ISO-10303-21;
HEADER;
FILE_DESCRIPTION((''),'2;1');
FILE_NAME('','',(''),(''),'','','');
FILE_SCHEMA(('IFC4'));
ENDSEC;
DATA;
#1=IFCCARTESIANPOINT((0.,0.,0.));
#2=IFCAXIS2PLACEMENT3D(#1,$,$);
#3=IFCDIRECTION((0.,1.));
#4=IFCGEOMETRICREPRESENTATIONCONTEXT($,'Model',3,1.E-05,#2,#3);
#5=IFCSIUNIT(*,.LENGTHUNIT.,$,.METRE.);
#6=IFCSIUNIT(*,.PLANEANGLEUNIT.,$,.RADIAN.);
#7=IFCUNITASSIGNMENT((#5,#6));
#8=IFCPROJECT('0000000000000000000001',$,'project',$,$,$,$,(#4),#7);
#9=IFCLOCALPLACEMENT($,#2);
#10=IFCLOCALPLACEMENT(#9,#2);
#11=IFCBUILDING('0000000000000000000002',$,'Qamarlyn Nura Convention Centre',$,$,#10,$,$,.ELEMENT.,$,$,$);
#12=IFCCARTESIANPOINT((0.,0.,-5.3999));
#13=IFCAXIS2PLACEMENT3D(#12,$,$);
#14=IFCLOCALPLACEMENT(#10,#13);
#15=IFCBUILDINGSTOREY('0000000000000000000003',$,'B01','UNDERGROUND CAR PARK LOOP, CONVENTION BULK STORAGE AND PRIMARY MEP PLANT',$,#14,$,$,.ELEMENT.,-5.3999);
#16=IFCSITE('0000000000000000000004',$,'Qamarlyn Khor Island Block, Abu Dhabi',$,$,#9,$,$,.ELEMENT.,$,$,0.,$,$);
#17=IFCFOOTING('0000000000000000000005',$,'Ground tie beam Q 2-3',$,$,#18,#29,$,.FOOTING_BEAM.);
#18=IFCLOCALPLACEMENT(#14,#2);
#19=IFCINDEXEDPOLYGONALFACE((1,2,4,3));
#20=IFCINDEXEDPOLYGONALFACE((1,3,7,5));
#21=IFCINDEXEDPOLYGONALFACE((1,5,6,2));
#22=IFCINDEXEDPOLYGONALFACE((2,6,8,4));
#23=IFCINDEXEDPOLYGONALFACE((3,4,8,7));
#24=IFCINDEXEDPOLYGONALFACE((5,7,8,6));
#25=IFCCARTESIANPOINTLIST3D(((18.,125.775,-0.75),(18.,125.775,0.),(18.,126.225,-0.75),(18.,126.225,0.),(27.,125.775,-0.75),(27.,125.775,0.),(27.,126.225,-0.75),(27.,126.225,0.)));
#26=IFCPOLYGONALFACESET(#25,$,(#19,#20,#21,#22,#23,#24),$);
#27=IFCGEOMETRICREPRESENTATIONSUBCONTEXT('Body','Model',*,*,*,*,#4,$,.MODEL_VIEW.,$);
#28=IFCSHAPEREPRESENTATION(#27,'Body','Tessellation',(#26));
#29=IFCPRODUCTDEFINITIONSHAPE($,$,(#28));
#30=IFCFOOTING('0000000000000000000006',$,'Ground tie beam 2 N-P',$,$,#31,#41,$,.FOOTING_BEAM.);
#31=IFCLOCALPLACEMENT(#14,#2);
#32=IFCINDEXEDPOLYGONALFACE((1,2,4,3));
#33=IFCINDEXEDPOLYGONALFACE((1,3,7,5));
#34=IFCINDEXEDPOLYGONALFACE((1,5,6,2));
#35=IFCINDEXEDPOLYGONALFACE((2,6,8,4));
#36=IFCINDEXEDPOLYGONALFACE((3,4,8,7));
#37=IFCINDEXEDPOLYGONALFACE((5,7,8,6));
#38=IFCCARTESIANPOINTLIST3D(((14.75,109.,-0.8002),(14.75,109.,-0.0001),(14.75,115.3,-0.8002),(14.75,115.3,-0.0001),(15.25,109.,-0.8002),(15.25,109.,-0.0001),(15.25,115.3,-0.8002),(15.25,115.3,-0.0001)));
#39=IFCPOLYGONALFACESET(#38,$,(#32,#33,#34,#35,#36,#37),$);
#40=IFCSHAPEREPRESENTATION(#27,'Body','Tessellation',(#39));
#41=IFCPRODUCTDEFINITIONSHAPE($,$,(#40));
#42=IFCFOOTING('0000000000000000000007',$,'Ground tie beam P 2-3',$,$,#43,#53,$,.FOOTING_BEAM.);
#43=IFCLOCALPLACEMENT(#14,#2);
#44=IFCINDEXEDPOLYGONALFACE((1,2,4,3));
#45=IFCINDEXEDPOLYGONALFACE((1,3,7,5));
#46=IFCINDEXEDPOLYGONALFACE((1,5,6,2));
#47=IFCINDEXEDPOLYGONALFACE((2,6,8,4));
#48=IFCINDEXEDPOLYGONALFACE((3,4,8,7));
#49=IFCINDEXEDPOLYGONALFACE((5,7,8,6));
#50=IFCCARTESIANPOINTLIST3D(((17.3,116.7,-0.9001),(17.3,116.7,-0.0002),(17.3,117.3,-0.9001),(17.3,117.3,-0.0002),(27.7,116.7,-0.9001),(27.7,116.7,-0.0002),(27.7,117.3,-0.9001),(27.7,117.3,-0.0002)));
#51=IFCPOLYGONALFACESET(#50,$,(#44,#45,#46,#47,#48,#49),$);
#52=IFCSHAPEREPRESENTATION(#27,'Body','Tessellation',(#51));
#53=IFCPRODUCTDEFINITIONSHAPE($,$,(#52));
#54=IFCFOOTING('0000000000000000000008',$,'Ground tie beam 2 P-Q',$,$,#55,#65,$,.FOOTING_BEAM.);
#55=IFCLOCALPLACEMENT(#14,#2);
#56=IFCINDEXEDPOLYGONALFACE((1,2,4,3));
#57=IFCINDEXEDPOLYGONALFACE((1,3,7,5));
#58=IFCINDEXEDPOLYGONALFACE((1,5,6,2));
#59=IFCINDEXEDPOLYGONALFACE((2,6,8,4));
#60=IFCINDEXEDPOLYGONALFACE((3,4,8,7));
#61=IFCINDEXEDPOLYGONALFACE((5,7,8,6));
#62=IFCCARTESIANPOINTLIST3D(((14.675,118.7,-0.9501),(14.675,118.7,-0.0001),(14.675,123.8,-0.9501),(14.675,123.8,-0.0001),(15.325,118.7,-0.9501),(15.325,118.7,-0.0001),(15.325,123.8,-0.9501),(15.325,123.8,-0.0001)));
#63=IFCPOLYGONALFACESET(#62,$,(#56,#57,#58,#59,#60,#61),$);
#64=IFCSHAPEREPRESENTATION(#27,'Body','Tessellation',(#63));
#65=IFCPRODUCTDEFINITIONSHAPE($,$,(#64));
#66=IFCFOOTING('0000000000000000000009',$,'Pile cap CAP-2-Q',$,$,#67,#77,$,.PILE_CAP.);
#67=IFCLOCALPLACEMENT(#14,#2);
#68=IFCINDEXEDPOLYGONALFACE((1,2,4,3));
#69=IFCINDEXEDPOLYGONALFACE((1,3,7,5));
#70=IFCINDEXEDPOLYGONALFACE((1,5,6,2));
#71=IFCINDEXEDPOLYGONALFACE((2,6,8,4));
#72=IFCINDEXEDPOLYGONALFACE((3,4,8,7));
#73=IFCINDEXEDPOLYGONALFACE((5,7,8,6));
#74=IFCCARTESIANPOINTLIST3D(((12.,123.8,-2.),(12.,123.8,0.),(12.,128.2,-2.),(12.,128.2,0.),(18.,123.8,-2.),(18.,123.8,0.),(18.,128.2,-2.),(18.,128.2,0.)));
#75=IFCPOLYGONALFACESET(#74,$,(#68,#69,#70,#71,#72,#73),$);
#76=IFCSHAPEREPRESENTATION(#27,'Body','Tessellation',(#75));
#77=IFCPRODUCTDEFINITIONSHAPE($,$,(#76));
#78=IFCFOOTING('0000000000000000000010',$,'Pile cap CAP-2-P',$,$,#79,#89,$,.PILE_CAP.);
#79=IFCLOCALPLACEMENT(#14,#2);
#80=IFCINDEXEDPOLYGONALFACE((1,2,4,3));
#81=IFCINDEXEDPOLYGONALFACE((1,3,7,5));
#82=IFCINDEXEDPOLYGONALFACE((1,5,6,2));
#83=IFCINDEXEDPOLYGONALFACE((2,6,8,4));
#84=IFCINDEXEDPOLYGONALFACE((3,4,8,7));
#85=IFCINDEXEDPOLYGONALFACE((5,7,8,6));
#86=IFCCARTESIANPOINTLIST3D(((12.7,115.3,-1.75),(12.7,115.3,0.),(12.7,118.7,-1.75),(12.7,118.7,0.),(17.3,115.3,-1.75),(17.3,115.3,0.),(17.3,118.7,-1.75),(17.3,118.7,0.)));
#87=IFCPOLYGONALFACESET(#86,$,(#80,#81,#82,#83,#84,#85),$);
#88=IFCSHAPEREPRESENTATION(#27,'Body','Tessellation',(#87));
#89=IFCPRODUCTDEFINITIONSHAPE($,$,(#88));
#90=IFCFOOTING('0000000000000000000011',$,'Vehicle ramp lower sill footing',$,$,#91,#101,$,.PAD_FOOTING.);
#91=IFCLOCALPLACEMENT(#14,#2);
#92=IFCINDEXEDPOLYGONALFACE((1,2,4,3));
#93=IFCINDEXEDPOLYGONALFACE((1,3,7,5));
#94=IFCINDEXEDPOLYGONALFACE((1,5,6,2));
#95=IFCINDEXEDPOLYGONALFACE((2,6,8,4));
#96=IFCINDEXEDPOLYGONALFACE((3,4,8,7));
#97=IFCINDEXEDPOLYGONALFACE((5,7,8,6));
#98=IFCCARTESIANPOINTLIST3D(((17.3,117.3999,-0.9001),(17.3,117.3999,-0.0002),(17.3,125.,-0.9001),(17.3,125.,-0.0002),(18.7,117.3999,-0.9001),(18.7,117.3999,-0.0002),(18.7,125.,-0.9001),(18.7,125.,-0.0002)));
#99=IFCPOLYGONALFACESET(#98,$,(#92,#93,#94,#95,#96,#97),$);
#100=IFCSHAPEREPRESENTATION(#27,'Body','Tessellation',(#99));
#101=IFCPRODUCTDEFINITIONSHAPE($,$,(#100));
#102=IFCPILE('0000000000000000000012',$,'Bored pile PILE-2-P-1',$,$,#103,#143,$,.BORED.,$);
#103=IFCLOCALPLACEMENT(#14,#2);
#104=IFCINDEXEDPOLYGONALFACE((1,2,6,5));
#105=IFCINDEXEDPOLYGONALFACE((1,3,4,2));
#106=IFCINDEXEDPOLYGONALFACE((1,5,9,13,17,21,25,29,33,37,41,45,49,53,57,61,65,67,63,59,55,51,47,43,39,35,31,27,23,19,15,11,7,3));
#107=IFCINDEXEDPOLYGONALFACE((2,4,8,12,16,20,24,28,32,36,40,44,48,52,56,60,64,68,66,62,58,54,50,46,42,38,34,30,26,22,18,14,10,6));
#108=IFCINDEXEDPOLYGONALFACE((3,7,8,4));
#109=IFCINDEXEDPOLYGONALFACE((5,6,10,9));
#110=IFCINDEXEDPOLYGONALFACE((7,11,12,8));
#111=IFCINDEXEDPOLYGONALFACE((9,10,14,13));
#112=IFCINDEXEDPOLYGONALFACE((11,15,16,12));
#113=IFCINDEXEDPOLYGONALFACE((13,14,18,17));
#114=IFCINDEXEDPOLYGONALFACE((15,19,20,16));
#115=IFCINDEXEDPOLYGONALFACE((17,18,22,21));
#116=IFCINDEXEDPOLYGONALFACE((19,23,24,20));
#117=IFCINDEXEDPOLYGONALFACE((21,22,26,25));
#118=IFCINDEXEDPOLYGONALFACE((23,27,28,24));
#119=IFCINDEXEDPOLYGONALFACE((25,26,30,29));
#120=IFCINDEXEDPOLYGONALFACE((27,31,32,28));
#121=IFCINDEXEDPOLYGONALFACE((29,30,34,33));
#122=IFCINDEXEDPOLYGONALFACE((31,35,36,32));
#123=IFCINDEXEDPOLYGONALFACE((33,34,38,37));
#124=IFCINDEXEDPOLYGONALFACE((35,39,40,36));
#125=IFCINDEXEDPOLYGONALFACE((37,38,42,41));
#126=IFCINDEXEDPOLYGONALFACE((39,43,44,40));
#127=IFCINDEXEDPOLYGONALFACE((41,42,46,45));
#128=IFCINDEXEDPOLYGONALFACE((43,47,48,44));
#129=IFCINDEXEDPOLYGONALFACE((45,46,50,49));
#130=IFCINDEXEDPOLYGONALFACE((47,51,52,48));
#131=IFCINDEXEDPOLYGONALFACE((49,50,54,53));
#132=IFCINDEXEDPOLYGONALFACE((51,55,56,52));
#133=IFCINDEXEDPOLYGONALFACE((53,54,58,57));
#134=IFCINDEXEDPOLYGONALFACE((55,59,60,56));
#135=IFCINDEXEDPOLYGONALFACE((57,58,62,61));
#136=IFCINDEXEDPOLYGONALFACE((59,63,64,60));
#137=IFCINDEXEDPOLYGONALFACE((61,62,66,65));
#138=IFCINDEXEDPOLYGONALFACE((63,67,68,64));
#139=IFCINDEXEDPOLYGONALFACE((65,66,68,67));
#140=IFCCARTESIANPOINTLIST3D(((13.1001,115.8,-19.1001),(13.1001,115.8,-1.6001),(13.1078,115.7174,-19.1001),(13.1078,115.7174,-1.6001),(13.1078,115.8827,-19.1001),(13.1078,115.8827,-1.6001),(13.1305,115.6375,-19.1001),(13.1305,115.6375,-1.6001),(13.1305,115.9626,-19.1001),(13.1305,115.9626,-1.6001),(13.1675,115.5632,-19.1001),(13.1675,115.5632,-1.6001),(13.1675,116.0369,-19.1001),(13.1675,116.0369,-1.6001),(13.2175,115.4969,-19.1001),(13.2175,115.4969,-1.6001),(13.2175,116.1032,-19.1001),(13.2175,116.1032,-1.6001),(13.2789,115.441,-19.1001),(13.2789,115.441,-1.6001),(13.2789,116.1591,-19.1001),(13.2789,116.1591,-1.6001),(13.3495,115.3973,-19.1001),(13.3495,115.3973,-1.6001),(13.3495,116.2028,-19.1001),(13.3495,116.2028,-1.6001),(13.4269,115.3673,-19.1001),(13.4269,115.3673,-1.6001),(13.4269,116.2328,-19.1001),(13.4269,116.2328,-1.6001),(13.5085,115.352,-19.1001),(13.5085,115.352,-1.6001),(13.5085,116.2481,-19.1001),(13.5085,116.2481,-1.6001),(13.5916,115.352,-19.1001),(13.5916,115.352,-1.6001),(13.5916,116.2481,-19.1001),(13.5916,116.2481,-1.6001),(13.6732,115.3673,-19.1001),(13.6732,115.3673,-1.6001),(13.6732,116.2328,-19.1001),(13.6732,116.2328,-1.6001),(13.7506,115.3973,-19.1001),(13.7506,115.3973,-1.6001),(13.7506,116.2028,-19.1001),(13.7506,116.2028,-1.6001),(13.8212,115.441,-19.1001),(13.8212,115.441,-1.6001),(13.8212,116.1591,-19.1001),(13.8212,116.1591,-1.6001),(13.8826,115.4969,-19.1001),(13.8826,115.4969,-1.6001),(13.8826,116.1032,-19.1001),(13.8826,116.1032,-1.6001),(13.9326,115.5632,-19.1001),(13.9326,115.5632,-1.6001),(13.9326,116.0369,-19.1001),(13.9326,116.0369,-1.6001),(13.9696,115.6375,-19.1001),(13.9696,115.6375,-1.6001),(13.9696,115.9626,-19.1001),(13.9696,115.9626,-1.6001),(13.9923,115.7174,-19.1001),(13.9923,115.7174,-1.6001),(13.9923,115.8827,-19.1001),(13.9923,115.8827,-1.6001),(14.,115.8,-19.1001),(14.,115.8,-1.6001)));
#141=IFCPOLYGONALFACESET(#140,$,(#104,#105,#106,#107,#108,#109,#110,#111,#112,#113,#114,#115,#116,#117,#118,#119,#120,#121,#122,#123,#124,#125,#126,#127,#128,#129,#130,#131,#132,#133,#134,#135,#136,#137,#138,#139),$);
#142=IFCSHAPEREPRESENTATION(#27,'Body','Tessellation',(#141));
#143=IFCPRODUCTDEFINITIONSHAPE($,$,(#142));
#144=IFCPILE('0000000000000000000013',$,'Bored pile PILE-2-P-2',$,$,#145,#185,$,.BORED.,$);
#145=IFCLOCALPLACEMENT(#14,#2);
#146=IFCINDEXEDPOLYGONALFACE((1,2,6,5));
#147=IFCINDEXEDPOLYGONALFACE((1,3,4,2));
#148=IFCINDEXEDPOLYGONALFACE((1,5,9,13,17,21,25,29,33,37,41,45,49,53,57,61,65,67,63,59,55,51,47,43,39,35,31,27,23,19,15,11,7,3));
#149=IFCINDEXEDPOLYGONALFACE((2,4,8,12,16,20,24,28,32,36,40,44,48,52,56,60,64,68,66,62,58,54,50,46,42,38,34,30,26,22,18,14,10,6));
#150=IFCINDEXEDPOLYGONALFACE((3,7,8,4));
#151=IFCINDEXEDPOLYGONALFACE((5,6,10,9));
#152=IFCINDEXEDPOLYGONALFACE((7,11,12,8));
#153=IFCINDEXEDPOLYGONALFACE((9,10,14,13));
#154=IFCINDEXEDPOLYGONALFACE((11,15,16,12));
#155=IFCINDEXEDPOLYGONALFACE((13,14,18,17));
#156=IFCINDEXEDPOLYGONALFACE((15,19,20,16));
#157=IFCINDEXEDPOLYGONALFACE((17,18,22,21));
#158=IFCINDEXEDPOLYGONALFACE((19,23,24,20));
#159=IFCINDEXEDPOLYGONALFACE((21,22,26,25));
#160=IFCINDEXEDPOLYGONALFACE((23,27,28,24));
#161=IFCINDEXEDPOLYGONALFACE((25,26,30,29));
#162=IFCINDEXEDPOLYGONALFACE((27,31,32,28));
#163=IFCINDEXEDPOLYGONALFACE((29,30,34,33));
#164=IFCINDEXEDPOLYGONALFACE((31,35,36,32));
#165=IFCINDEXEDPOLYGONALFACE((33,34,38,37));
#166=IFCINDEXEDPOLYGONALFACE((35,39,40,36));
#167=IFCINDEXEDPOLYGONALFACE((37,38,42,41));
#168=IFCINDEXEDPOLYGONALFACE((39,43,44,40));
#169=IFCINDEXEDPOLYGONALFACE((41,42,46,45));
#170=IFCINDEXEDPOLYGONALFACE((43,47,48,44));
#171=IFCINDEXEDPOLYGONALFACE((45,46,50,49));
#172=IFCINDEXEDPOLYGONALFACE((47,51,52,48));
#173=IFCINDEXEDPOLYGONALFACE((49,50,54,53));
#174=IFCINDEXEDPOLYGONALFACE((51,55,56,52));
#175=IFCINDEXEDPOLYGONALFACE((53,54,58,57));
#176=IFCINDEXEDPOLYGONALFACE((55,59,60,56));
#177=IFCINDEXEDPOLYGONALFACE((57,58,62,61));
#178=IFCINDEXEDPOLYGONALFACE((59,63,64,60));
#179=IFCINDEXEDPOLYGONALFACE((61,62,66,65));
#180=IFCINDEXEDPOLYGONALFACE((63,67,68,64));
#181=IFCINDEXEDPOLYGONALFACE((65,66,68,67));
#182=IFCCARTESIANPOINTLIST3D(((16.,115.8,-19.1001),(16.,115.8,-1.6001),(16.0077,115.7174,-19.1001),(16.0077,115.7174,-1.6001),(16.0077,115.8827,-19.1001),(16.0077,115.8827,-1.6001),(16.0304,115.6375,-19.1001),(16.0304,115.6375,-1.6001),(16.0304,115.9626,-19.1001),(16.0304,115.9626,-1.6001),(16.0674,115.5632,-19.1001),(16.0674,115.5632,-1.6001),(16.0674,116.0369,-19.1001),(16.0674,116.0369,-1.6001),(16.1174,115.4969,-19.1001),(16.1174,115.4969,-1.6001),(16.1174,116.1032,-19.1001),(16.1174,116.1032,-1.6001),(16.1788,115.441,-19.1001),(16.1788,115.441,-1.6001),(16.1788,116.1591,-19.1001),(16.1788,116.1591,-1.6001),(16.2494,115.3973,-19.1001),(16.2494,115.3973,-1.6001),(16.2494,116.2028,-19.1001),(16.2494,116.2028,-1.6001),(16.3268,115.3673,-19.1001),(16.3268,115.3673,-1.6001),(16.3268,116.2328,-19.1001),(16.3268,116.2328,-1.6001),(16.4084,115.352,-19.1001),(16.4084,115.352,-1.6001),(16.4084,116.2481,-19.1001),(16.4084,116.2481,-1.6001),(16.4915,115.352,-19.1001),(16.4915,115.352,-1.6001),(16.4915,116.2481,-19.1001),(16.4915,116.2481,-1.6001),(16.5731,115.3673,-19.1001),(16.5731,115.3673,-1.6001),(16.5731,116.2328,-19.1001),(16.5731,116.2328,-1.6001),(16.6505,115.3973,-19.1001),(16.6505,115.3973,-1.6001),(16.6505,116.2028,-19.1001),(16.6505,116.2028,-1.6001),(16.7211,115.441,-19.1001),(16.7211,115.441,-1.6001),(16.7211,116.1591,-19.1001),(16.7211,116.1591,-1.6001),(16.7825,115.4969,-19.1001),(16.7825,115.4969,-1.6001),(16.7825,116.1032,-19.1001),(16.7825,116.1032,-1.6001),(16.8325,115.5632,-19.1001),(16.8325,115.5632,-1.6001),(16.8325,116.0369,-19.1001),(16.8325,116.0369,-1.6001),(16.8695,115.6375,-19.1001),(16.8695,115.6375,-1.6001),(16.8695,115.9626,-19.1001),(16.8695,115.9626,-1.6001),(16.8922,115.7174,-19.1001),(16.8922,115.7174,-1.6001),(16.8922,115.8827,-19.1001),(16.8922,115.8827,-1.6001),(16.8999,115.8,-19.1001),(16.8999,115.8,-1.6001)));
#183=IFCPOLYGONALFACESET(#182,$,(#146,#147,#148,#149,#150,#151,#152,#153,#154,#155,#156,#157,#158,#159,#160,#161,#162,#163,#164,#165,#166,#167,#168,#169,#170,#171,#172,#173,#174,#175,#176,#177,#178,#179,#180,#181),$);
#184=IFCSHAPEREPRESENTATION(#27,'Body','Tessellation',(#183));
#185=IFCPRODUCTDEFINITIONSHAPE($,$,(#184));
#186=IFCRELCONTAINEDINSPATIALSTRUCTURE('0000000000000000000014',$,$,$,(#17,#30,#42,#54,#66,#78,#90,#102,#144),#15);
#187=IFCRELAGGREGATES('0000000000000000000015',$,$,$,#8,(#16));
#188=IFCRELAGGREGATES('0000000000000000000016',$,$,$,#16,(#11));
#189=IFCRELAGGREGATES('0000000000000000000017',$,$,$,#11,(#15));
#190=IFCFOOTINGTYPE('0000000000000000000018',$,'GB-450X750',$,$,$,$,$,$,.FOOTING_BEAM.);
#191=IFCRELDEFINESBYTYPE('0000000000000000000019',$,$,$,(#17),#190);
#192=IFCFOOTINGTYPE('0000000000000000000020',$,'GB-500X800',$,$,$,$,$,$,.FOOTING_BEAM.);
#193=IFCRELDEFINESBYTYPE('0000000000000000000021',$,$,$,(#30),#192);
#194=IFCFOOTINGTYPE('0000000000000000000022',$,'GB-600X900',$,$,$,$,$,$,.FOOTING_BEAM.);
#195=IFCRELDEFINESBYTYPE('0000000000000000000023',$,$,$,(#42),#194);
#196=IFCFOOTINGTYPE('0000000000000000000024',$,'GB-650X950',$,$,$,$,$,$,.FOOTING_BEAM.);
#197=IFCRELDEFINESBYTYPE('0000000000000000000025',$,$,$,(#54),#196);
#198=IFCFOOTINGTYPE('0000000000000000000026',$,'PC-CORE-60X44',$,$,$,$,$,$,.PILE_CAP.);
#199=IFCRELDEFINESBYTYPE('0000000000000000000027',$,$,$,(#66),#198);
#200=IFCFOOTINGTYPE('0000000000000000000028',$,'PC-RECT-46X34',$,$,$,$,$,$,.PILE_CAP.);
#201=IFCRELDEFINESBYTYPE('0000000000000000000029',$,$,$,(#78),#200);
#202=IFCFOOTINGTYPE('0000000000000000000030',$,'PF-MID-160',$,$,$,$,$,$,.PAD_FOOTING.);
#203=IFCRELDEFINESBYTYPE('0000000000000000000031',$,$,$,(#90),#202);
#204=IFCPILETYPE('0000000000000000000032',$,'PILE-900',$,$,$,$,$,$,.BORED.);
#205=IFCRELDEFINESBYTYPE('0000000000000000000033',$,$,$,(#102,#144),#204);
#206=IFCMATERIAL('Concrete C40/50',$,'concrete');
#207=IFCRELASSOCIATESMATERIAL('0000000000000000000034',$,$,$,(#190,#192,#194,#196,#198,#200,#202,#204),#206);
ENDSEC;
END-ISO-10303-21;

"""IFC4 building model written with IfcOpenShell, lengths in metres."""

from ifc_helpers import new_model, si_unit, direction, frame, origin, origin_2d, place, context, subcontext, project, spatial, rectangle, circle, extrude, material, material_profile, profile_set, type_object, element, save


model = new_model("IFC4")

# Units and contexts
model_context = context("Model", 3, precision=1e-05, world=origin(), true_north=direction((0.0, 1.0)))
body_context = subcontext(model_context, "Body", "Model", "MODEL_VIEW")
ifc_project = project(units=[si_unit("LENGTHUNIT", "METRE"), si_unit("PLANEANGLEUNIT", "RADIAN")], contexts=[model_context])

# Site, building, storey
site_placement = place(None, origin())
site = spatial("IfcSite", under=ifc_project, at=site_placement, Name="Qamarlyn Khor Island Block, Abu Dhabi", CompositionType="ELEMENT", RefElevation=0.0)
building_placement = place(site_placement, origin())
building = spatial("IfcBuilding", under=site, at=building_placement, Name="Qamarlyn Nura Convention Centre", CompositionType="ELEMENT")
storey_placement = place(building_placement, frame((0.0, 0.0, -5.3999)))
storey = spatial("IfcBuildingStorey", under=building, at=storey_placement, Name="B01", Description="UNDERGROUND CAR PARK LOOP, CONVENTION BULK STORAGE AND PRIMARY MEP PLANT", CompositionType="ELEMENT", Elevation=-5.3999)

# Footings
ifc_material_1 = material(Name="Concrete C40/50", Category="concrete")
ifc_material_profile_1 = material_profile(ifc_material_1, rectangle(XDim=0.45, YDim=0.75, at=origin_2d()), Name="RC GB 450x750")
ifc_profile_set_1 = profile_set([ifc_material_profile_1], Name="Concrete C40/50")
footing_type_1 = type_object("IfcFootingType", Name="GB-450X750", PredefinedType="FOOTING_BEAM", material=ifc_profile_set_1)
footing_1_placement = place(storey_placement, frame((18.0, 126.0, -0.375), z_axis=(1.0, 0.0, 0.0), x_axis=(0.0, 1.0, 0.0)))
element("IfcFooting", 1, at=footing_1_placement, inside=storey, type_object=footing_type_1, Name="Ground tie beam Q 2-3", PredefinedType="FOOTING_BEAM", context=body_context, shape_type="SweptSolid", body=[
    extrude(rectangle(XDim=0.45, YDim=0.75, at=origin_2d()), origin(), (0.0, 0.0, 1.0), 9.0),
])
ifc_material_profile_2 = material_profile(ifc_material_1, rectangle(XDim=0.5, YDim=0.8, at=origin_2d()), Name="RC GB 500x800")
ifc_profile_set_2 = profile_set([ifc_material_profile_2], Name="Concrete C40/50")
footing_type_2 = type_object("IfcFootingType", Name="GB-500X800", PredefinedType="FOOTING_BEAM", material=ifc_profile_set_2)
footing_2_placement = place(storey_placement, frame((15.0, 109.0, -0.4001), z_axis=(0.0, 1.0, 0.0), x_axis=(-1.0, 0.0, 0.0)))
element("IfcFooting", 2, at=footing_2_placement, inside=storey, type_object=footing_type_2, Name="Ground tie beam 2 N-P", PredefinedType="FOOTING_BEAM", context=body_context, shape_type="SweptSolid", body=[
    extrude(rectangle(XDim=0.5, YDim=0.8, at=origin_2d()), origin(), (0.0, 0.0, 1.0), 6.3),
])
ifc_material_profile_3 = material_profile(ifc_material_1, rectangle(XDim=0.6001, YDim=0.8999, at=origin_2d()), Name="RC GB 600x900")
ifc_profile_set_3 = profile_set([ifc_material_profile_3], Name="Concrete C40/50")
footing_type_3 = type_object("IfcFootingType", Name="GB-600X900", PredefinedType="FOOTING_BEAM", material=ifc_profile_set_3)
footing_3_placement = place(storey_placement, frame((17.3, 117.0, -0.4502), z_axis=(1.0, 0.0, 0.0), x_axis=(0.0, 1.0, 0.0)))
element("IfcFooting", 3, at=footing_3_placement, inside=storey, type_object=footing_type_3, Name="Ground tie beam P 2-3", PredefinedType="FOOTING_BEAM", context=body_context, shape_type="SweptSolid", body=[
    extrude(rectangle(XDim=0.6001, YDim=0.8999, at=origin_2d()), origin(), (0.0, 0.0, 1.0), 10.3999),
])
ifc_material_profile_4 = material_profile(ifc_material_1, rectangle(XDim=0.6499, YDim=0.95, at=origin_2d()), Name="RC GB 650x950")
ifc_profile_set_4 = profile_set([ifc_material_profile_4], Name="Concrete C40/50")
footing_type_4 = type_object("IfcFootingType", Name="GB-650X950", PredefinedType="FOOTING_BEAM", material=ifc_profile_set_4)
footing_4_placement = place(storey_placement, frame((15.0, 118.7, -0.4751), z_axis=(0.0, 1.0, 0.0), x_axis=(-1.0, 0.0, 0.0)))
element("IfcFooting", 4, at=footing_4_placement, inside=storey, type_object=footing_type_4, Name="Ground tie beam 2 P-Q", PredefinedType="FOOTING_BEAM", context=body_context, shape_type="SweptSolid", body=[
    extrude(rectangle(XDim=0.6499, YDim=0.95, at=origin_2d()), origin(), (0.0, 0.0, 1.0), 5.1001),
])
footing_type_5 = type_object("IfcFootingType", Name="PC-CORE-60X44", PredefinedType="PILE_CAP", material=ifc_material_1)
footing_5_placement = place(storey_placement, frame((15.0, 126.0, -2.0), z_axis=(0.0, 0.0, 1.0), x_axis=(1.0, 0.0, 0.0)))
element("IfcFooting", 5, at=footing_5_placement, inside=storey, type_object=footing_type_5, Name="Pile cap CAP-2-Q", PredefinedType="PILE_CAP", context=body_context, shape_type="SweptSolid", body=[
    extrude(rectangle(XDim=6.0, YDim=4.3999, at=origin_2d()), origin(), (0.0, 0.0, 1.0), 2.0),
])
footing_type_6 = type_object("IfcFootingType", Name="PC-RECT-46X34", PredefinedType="PILE_CAP", material=ifc_material_1)
footing_6_placement = place(storey_placement, frame((15.0, 117.0, -1.75), z_axis=(0.0, 0.0, 1.0), x_axis=(1.0, 0.0, 0.0)))
element("IfcFooting", 6, at=footing_6_placement, inside=storey, type_object=footing_type_6, Name="Pile cap CAP-2-P", PredefinedType="PILE_CAP", context=body_context, shape_type="SweptSolid", body=[
    extrude(rectangle(XDim=4.6001, YDim=3.3999, at=origin_2d()), origin(), (0.0, 0.0, 1.0), 1.75),
])
footing_type_7 = type_object("IfcFootingType", Name="PF-MID-160", PredefinedType="PAD_FOOTING", material=ifc_material_1)
footing_7_placement = place(storey_placement, frame((18.0, 121.2, -0.9001), z_axis=(0.0, 0.0, 1.0), x_axis=(1.0, 0.0, 0.0)))
element("IfcFooting", 7, at=footing_7_placement, inside=storey, type_object=footing_type_7, Name="Vehicle ramp lower sill footing", PredefinedType="PAD_FOOTING", context=body_context, shape_type="SweptSolid", body=[
    extrude(rectangle(XDim=1.3999, YDim=7.6001, at=origin_2d()), origin(), (0.0, 0.0, 1.0), 0.8999),
])

# Piles
ifc_material_profile_5 = material_profile(ifc_material_1, circle(Radius=0.45, at=origin_2d()), Name="BORED PILE 900")
ifc_profile_set_5 = profile_set([ifc_material_profile_5], Name="Concrete C40/50")
pile_type = type_object("IfcPileType", Name="PILE-900", PredefinedType="BORED", material=ifc_profile_set_5)
for number, where, z_axis, x_axis, name in (
    (8, (13.55, 115.8, -1.6001), (0.0, 0.0, -1.0), (1.0, 0.0, 0.0), "Bored pile PILE-2-P-1"),
    (9, (16.45, 115.8, -1.6001), (0.0, 0.0, -1.0), (1.0, 0.0, 0.0), "Bored pile PILE-2-P-2"),
):
    element("IfcPile", number, at=place(storey_placement, frame(where, z_axis=z_axis, x_axis=x_axis)), inside=storey, type_object=pile_type, Name=name, PredefinedType="BORED", context=body_context, shape_type="SweptSolid", body=[
        extrude(circle(Radius=0.45, at=origin_2d()), origin(), (0.0, 0.0, 1.0), 17.5),
    ])

save(model, "model.ifc")
